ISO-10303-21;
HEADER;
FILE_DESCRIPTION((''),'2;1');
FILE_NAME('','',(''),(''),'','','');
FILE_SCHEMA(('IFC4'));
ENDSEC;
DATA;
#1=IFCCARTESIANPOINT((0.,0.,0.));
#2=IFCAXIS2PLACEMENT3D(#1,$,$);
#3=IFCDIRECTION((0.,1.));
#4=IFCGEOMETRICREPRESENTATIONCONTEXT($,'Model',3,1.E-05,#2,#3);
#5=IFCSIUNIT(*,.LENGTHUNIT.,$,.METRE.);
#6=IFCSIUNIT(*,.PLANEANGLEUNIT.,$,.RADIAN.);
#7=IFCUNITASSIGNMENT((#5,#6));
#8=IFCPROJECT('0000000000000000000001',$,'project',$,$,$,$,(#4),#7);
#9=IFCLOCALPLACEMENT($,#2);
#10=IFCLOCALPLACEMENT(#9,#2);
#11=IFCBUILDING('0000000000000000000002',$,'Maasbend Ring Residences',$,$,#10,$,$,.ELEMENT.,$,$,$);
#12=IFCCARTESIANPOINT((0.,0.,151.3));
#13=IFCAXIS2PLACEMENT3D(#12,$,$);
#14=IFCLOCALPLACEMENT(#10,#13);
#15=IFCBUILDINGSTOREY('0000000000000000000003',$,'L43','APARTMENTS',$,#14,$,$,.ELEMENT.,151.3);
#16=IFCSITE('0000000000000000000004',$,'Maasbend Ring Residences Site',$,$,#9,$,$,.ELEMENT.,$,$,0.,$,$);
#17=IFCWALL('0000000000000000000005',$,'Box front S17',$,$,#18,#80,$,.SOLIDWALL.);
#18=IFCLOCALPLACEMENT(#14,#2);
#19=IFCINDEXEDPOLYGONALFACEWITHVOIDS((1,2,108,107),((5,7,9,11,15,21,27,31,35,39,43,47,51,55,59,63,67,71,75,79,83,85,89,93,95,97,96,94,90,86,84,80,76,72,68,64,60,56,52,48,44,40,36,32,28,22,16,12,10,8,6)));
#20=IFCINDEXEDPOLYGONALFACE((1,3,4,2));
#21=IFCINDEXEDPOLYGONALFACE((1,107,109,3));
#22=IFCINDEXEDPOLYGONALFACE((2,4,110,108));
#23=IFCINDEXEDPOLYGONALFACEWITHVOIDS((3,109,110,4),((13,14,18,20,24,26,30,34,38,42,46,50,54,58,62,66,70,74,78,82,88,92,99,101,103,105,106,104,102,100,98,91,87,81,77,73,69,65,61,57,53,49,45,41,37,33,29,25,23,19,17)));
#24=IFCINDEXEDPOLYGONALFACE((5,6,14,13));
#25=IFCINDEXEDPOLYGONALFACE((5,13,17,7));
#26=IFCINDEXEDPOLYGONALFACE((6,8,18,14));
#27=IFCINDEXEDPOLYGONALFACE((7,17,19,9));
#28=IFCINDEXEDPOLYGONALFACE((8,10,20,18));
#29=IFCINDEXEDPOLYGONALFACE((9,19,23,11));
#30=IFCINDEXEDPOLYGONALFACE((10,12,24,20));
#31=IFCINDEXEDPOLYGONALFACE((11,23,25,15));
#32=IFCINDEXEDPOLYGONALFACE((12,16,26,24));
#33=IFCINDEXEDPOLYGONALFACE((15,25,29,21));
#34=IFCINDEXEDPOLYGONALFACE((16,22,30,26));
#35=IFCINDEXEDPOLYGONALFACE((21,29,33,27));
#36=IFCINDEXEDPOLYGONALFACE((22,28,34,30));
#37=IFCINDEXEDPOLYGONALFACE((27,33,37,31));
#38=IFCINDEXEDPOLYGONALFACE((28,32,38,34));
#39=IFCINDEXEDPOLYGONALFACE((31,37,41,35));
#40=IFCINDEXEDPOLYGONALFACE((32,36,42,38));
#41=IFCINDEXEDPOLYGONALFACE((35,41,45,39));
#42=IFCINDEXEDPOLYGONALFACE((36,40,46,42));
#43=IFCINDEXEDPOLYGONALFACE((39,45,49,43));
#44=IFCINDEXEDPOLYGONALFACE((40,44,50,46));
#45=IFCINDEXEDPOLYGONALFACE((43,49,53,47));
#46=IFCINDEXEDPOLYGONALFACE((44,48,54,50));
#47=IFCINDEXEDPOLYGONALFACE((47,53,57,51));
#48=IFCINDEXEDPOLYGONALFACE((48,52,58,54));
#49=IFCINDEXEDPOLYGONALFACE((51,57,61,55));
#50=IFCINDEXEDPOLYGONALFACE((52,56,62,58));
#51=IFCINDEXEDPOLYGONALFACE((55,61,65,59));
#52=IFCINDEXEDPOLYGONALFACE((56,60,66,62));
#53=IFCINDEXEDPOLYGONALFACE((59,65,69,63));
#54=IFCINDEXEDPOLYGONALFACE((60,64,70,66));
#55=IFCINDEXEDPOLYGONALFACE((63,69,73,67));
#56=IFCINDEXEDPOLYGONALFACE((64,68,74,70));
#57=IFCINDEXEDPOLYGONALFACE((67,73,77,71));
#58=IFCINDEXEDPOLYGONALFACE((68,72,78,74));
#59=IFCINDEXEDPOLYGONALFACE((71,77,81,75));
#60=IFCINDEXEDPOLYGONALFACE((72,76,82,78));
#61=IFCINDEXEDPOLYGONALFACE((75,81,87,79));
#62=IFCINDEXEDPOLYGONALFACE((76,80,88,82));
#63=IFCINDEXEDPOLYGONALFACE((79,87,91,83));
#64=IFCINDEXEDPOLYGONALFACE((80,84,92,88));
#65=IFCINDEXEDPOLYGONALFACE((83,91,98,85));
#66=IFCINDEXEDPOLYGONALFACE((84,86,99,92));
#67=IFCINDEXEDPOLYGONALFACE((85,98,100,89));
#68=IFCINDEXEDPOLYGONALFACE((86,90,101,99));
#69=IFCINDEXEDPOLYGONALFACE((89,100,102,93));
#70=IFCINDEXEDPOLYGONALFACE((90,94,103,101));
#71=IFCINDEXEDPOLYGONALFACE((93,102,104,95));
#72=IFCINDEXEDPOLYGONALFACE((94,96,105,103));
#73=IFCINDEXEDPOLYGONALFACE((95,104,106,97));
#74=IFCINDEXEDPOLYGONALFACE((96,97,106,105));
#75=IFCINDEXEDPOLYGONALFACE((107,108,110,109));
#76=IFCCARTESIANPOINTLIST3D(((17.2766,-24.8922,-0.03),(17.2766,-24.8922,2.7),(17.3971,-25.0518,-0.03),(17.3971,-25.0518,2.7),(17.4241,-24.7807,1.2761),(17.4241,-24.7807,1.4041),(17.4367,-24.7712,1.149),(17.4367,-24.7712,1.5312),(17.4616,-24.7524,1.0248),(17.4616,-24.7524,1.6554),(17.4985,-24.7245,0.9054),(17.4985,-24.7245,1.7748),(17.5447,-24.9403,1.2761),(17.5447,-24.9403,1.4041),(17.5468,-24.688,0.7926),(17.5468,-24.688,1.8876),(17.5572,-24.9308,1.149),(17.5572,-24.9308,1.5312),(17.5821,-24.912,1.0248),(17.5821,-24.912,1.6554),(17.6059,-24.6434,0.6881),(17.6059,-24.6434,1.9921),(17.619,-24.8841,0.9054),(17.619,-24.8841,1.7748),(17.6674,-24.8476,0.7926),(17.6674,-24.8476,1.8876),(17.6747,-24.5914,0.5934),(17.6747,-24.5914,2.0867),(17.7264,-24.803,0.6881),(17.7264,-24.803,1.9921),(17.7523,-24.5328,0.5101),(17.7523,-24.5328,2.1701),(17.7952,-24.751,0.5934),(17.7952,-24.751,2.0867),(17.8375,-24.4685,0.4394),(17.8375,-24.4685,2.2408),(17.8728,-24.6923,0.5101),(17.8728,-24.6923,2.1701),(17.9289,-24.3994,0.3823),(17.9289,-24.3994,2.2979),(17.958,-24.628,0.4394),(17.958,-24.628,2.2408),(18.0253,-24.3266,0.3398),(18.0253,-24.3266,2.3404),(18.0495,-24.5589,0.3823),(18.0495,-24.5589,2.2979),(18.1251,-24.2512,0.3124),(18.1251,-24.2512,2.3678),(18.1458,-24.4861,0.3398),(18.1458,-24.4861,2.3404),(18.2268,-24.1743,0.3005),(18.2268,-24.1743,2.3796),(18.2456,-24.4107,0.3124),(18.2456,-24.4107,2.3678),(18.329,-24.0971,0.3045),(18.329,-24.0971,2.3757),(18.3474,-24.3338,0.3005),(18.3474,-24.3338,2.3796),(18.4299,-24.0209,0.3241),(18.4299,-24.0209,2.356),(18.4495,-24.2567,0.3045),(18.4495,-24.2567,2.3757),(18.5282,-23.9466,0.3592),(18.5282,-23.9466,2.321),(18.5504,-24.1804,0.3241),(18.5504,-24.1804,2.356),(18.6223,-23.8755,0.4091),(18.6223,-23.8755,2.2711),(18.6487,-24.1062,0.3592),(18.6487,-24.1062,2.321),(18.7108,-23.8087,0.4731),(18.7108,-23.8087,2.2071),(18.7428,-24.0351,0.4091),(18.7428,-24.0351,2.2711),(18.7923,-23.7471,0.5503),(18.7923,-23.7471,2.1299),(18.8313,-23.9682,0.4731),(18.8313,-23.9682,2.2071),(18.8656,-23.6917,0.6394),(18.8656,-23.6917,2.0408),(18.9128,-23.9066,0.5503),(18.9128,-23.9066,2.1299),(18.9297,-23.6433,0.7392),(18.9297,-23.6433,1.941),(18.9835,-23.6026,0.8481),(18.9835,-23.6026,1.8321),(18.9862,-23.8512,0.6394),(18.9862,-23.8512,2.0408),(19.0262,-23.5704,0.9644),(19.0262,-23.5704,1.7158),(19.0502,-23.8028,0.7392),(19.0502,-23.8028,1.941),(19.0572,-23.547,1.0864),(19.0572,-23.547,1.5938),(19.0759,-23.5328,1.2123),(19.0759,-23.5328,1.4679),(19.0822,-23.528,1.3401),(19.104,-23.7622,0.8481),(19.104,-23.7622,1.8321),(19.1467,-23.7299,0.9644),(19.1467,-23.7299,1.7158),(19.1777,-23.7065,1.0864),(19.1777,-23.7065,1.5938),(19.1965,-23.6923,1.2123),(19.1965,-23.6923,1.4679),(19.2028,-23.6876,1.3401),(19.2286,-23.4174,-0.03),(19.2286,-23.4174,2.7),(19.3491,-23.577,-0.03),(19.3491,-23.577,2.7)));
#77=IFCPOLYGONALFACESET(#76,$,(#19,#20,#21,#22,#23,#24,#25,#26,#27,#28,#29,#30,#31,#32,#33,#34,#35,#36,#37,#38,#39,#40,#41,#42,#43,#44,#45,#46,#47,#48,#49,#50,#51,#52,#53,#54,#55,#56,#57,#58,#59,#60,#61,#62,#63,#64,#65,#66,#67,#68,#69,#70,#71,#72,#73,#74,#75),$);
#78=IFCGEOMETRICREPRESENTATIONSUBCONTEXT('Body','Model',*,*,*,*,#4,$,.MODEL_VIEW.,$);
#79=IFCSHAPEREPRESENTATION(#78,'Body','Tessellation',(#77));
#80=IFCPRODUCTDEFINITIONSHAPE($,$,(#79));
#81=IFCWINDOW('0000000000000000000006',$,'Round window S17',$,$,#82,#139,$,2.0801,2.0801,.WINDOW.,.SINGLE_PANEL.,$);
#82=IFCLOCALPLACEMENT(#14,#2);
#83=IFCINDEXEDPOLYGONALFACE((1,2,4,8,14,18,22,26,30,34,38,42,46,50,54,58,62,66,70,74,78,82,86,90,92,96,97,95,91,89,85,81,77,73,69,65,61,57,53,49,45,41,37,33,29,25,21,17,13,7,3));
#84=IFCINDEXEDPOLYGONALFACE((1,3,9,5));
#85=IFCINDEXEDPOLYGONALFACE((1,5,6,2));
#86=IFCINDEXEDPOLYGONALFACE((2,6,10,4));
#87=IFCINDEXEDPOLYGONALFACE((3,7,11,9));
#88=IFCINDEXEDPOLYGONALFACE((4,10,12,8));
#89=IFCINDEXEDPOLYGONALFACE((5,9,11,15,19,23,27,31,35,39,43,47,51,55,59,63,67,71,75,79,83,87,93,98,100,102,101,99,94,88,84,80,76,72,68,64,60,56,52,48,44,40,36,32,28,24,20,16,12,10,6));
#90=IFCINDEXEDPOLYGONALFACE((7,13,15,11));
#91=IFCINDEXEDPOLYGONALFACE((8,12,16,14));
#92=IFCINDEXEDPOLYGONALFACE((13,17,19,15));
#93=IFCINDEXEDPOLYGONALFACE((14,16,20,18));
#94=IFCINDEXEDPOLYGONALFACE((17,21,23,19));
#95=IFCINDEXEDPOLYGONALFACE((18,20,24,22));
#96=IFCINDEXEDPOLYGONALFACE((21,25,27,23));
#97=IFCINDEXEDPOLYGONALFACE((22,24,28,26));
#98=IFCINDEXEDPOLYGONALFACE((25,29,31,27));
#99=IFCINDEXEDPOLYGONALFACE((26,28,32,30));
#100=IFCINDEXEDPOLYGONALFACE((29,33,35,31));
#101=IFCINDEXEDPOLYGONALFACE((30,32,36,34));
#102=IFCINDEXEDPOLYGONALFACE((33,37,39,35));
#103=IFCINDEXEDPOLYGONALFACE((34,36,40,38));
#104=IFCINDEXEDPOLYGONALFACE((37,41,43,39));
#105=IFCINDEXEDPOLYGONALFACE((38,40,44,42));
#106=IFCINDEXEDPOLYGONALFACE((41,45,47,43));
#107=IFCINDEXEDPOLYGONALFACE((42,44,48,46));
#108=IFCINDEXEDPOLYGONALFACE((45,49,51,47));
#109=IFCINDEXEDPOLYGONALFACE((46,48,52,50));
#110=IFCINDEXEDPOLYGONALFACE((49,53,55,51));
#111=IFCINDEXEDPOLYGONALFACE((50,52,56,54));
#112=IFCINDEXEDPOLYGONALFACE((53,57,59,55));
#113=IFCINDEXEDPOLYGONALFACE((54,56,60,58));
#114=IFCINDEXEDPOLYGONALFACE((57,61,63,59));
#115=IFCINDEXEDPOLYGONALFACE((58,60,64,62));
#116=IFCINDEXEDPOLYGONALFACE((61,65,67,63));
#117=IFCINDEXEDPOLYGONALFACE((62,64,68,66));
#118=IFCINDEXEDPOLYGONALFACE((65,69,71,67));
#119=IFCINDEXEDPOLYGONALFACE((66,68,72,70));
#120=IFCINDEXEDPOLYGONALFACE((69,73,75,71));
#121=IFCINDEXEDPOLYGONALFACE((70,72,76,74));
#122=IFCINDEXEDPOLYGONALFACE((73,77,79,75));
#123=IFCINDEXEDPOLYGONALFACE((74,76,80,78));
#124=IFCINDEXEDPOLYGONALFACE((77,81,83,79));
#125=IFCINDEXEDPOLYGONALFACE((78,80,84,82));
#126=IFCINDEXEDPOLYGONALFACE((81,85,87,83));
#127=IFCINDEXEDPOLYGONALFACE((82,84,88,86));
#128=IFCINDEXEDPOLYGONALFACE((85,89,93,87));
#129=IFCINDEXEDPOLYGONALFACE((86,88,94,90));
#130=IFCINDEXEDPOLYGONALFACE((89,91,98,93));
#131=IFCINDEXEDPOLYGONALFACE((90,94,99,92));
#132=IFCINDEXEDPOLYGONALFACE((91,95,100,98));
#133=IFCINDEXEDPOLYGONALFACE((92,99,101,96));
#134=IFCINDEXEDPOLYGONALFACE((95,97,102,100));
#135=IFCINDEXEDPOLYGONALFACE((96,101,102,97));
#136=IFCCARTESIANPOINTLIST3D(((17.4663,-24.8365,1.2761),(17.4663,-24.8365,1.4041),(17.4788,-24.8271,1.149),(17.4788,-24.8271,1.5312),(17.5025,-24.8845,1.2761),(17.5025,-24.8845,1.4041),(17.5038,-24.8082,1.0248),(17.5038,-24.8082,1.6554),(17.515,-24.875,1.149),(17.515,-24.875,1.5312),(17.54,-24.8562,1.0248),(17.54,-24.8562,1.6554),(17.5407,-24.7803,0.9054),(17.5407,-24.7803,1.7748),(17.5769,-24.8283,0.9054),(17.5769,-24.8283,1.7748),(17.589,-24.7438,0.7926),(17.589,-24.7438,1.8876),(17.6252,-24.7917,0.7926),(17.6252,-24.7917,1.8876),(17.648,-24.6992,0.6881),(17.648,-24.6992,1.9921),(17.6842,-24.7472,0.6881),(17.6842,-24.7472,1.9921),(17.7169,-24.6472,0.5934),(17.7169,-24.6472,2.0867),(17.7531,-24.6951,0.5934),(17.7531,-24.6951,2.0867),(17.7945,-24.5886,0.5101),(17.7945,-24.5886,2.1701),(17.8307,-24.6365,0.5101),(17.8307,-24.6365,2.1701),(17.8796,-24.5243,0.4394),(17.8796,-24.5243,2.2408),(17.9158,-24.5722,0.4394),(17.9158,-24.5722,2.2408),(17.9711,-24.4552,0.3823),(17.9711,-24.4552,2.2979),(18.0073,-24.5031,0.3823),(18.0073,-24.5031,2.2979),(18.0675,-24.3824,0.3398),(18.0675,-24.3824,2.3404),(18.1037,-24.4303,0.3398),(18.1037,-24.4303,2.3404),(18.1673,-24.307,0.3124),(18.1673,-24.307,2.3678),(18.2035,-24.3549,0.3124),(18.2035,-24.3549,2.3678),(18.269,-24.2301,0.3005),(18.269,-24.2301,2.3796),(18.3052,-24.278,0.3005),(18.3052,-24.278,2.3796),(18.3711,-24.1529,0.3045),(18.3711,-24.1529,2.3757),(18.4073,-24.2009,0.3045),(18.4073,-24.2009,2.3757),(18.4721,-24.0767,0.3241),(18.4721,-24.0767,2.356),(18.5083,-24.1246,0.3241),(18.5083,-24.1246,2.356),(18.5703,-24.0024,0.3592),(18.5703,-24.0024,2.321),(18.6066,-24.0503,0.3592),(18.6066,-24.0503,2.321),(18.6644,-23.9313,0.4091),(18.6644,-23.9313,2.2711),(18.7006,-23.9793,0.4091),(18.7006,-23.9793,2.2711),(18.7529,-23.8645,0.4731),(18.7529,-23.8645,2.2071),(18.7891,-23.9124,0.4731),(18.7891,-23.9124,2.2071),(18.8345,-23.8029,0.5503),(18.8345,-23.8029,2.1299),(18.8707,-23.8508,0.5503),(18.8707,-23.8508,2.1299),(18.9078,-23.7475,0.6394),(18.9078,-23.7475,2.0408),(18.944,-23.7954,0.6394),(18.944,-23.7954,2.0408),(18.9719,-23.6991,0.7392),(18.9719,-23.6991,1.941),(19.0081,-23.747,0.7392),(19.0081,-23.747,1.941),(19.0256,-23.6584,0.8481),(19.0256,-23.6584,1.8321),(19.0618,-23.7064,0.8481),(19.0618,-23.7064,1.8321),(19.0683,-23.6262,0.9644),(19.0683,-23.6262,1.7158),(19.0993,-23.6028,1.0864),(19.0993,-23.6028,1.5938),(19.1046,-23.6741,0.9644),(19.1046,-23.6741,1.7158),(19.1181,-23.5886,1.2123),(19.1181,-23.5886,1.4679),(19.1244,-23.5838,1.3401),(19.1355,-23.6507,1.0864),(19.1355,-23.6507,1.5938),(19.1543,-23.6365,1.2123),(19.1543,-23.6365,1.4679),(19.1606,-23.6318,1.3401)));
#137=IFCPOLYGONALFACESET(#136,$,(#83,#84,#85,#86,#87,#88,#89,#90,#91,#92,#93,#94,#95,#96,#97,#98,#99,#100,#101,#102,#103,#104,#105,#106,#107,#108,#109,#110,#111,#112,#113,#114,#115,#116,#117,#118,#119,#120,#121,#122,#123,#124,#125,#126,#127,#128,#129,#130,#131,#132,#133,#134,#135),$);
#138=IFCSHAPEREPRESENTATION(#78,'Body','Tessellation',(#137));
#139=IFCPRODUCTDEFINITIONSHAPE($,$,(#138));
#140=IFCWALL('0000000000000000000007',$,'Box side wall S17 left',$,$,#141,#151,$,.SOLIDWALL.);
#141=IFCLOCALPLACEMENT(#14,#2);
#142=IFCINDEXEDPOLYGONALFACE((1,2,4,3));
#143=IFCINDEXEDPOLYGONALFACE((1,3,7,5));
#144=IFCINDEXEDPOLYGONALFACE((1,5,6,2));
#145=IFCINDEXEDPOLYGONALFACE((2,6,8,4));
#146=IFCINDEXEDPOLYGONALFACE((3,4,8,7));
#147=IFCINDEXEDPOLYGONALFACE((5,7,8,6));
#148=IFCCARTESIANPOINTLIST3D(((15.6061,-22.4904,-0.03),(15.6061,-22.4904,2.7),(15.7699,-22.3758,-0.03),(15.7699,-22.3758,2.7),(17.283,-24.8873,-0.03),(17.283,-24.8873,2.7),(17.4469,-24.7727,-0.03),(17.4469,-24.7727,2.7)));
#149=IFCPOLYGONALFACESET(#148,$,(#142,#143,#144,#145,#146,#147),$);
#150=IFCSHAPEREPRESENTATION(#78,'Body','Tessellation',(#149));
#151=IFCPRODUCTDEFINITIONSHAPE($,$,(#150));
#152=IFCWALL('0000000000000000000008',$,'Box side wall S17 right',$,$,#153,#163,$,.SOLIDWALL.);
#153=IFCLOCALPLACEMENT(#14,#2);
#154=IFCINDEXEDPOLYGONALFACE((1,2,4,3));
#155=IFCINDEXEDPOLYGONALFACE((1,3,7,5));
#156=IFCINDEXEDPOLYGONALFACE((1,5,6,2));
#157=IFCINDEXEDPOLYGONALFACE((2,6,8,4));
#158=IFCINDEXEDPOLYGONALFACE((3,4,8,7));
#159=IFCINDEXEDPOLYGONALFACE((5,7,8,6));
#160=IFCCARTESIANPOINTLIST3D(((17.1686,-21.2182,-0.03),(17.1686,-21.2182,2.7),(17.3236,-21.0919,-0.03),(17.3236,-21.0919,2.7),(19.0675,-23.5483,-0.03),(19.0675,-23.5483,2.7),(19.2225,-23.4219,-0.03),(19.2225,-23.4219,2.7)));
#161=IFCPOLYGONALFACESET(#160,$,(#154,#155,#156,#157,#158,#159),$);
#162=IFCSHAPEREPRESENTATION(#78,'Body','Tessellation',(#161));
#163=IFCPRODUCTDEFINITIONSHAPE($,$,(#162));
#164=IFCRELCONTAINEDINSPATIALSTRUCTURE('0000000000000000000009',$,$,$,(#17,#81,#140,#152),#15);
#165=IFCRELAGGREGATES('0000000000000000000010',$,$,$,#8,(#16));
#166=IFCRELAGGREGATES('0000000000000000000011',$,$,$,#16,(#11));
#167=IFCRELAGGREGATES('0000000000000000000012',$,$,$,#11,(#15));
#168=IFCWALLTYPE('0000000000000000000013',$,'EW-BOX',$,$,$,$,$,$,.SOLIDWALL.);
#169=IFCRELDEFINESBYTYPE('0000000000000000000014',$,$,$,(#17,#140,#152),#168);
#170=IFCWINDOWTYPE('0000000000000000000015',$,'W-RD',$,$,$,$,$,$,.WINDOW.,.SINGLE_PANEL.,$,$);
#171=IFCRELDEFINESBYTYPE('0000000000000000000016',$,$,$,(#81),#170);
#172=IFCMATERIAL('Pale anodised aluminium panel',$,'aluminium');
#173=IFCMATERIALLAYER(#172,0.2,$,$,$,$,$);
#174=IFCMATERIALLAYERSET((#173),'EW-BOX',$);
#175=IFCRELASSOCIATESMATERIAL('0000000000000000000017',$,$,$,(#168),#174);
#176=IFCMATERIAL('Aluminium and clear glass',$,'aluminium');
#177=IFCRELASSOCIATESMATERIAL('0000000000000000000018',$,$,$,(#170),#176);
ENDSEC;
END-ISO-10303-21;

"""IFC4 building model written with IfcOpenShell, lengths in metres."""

from ifc_helpers import new_model, si_unit, direction, frame, frame_2d, origin, place, context, subcontext, project, spatial, rectangle, circle, extrude, material, layer, layer_set, type_object, element, fill, save


model = new_model("IFC4")

# Units and contexts
model_context = context("Model", 3, precision=1e-05, world=origin(), true_north=direction((0.0, 1.0)))
body_context = subcontext(model_context, "Body", "Model", "MODEL_VIEW")
ifc_project = project(units=[si_unit("LENGTHUNIT", "METRE"), si_unit("PLANEANGLEUNIT", "RADIAN")], contexts=[model_context])

# Site, building, storey
site_placement = place(None, origin())
site = spatial("IfcSite", under=ifc_project, at=site_placement, Name="Maasbend Ring Residences Site", CompositionType="ELEMENT", RefElevation=0.0)
building_placement = place(site_placement, origin())
building = spatial("IfcBuilding", under=site, at=building_placement, Name="Maasbend Ring Residences", CompositionType="ELEMENT")
storey_placement = place(building_placement, frame((0.0, 0.0, 151.3)))
storey = spatial("IfcBuildingStorey", under=building, at=storey_placement, Name="L43", Description="APARTMENTS", CompositionType="ELEMENT", Elevation=151.3)

# Shared definitions
ifc_material_1 = material(Name="Pale anodised aluminium panel", Category="aluminium")
ifc_layer_1 = layer(ifc_material_1, 0.2)
ifc_layer_set_1 = layer_set([ifc_layer_1], Name="EW-BOX")
wall_type_1 = type_object("IfcWallType", Name="EW-BOX", PredefinedType="SOLIDWALL", material=ifc_layer_set_1)
ifc_material_2 = material(Name="Aluminium and clear glass", Category="aluminium")
window_type_1 = type_object("IfcWindowType", Name="W-RD", PartitioningType="SINGLE_PANEL", PredefinedType="WINDOW", material=ifc_material_2)

# Wall, opening, window
wall_1_placement = place(storey_placement, frame((17.3369, -24.9719, -0.03), z_axis=(0.0, 0.0, 1.0), x_axis=(0.797888, 0.602806, 0.0)))
wall_1 = element("IfcWall", 1, at=wall_1_placement, inside=storey, type_object=wall_type_1, Name="Box front S17", PredefinedType="SOLIDWALL", context=body_context, shape_type="SweptSolid", body=[
    extrude(rectangle(XDim=2.4465, YDim=0.2, at=frame_2d((1.2231, 0.0))), origin(), (0.0, 0.0, 1.0), 2.73),
])
opening_1_placement = place(wall_1_placement, frame((0.1829, 0.0, 0.3301)))
opening_1 = element("IfcOpeningElement", 2, at=opening_1_placement, cuts=wall_1, PredefinedType="OPENING", context=body_context, shape_type="SweptSolid", body=[
    extrude(circle(Radius=1.04, at=frame_2d((1.04, 1.04))), frame((0.0, 0.1099, 0.0), z_axis=(0.0, -1.0, 0.0), x_axis=(1.0, 0.0, 0.0)), (0.0, 0.0, 1.0), 0.22),
])
window_1_placement = place(opening_1_placement, origin())
window_1 = element("IfcWindow", 3, at=window_1_placement, inside=storey, type_object=window_type_1, Name="Round window S17", OverallHeight=2.0801, OverallWidth=2.0801, PartitioningType="SINGLE_PANEL", PredefinedType="WINDOW", context=body_context, shape_type="SweptSolid", body=[
    extrude(circle(Radius=1.04, at=frame_2d((1.04, 1.04))), frame((0.0, 0.03, 0.0), z_axis=(0.0, -1.0, 0.0), x_axis=(1.0, 0.0, 0.0)), (0.0, 0.0, 1.0), 0.0601),
])
fill(opening_1, window_1)

# Walls
wall_2_placement = place(storey_placement, frame((15.688, -22.4331, -0.03), z_axis=(0.0, 0.0, 1.0), x_axis=(0.573261, -0.819373, 0.0)))
element("IfcWall", 4, at=wall_2_placement, inside=storey, type_object=wall_type_1, Name="Box side wall S17 left", PredefinedType="SOLIDWALL", context=body_context, shape_type="SweptSolid", body=[
    extrude(rectangle(XDim=2.9253, YDim=0.2, at=frame_2d((1.4626, 0.0))), origin(), (0.0, 0.0, 1.0), 2.73),
])
wall_3_placement = place(storey_placement, frame((17.2461, -21.155, -0.03), z_axis=(0.0, 0.0, 1.0), x_axis=(0.631742, -0.775179, 0.0)))
element("IfcWall", 5, at=wall_3_placement, inside=storey, type_object=wall_type_1, Name="Box side wall S17 right", PredefinedType="SOLIDWALL", context=body_context, shape_type="SweptSolid", body=[
    extrude(rectangle(XDim=3.0059, YDim=0.2, at=frame_2d((1.5029, 0.0))), origin(), (0.0, 0.0, 1.0), 2.73),
])

save(model, "model.ifc")
